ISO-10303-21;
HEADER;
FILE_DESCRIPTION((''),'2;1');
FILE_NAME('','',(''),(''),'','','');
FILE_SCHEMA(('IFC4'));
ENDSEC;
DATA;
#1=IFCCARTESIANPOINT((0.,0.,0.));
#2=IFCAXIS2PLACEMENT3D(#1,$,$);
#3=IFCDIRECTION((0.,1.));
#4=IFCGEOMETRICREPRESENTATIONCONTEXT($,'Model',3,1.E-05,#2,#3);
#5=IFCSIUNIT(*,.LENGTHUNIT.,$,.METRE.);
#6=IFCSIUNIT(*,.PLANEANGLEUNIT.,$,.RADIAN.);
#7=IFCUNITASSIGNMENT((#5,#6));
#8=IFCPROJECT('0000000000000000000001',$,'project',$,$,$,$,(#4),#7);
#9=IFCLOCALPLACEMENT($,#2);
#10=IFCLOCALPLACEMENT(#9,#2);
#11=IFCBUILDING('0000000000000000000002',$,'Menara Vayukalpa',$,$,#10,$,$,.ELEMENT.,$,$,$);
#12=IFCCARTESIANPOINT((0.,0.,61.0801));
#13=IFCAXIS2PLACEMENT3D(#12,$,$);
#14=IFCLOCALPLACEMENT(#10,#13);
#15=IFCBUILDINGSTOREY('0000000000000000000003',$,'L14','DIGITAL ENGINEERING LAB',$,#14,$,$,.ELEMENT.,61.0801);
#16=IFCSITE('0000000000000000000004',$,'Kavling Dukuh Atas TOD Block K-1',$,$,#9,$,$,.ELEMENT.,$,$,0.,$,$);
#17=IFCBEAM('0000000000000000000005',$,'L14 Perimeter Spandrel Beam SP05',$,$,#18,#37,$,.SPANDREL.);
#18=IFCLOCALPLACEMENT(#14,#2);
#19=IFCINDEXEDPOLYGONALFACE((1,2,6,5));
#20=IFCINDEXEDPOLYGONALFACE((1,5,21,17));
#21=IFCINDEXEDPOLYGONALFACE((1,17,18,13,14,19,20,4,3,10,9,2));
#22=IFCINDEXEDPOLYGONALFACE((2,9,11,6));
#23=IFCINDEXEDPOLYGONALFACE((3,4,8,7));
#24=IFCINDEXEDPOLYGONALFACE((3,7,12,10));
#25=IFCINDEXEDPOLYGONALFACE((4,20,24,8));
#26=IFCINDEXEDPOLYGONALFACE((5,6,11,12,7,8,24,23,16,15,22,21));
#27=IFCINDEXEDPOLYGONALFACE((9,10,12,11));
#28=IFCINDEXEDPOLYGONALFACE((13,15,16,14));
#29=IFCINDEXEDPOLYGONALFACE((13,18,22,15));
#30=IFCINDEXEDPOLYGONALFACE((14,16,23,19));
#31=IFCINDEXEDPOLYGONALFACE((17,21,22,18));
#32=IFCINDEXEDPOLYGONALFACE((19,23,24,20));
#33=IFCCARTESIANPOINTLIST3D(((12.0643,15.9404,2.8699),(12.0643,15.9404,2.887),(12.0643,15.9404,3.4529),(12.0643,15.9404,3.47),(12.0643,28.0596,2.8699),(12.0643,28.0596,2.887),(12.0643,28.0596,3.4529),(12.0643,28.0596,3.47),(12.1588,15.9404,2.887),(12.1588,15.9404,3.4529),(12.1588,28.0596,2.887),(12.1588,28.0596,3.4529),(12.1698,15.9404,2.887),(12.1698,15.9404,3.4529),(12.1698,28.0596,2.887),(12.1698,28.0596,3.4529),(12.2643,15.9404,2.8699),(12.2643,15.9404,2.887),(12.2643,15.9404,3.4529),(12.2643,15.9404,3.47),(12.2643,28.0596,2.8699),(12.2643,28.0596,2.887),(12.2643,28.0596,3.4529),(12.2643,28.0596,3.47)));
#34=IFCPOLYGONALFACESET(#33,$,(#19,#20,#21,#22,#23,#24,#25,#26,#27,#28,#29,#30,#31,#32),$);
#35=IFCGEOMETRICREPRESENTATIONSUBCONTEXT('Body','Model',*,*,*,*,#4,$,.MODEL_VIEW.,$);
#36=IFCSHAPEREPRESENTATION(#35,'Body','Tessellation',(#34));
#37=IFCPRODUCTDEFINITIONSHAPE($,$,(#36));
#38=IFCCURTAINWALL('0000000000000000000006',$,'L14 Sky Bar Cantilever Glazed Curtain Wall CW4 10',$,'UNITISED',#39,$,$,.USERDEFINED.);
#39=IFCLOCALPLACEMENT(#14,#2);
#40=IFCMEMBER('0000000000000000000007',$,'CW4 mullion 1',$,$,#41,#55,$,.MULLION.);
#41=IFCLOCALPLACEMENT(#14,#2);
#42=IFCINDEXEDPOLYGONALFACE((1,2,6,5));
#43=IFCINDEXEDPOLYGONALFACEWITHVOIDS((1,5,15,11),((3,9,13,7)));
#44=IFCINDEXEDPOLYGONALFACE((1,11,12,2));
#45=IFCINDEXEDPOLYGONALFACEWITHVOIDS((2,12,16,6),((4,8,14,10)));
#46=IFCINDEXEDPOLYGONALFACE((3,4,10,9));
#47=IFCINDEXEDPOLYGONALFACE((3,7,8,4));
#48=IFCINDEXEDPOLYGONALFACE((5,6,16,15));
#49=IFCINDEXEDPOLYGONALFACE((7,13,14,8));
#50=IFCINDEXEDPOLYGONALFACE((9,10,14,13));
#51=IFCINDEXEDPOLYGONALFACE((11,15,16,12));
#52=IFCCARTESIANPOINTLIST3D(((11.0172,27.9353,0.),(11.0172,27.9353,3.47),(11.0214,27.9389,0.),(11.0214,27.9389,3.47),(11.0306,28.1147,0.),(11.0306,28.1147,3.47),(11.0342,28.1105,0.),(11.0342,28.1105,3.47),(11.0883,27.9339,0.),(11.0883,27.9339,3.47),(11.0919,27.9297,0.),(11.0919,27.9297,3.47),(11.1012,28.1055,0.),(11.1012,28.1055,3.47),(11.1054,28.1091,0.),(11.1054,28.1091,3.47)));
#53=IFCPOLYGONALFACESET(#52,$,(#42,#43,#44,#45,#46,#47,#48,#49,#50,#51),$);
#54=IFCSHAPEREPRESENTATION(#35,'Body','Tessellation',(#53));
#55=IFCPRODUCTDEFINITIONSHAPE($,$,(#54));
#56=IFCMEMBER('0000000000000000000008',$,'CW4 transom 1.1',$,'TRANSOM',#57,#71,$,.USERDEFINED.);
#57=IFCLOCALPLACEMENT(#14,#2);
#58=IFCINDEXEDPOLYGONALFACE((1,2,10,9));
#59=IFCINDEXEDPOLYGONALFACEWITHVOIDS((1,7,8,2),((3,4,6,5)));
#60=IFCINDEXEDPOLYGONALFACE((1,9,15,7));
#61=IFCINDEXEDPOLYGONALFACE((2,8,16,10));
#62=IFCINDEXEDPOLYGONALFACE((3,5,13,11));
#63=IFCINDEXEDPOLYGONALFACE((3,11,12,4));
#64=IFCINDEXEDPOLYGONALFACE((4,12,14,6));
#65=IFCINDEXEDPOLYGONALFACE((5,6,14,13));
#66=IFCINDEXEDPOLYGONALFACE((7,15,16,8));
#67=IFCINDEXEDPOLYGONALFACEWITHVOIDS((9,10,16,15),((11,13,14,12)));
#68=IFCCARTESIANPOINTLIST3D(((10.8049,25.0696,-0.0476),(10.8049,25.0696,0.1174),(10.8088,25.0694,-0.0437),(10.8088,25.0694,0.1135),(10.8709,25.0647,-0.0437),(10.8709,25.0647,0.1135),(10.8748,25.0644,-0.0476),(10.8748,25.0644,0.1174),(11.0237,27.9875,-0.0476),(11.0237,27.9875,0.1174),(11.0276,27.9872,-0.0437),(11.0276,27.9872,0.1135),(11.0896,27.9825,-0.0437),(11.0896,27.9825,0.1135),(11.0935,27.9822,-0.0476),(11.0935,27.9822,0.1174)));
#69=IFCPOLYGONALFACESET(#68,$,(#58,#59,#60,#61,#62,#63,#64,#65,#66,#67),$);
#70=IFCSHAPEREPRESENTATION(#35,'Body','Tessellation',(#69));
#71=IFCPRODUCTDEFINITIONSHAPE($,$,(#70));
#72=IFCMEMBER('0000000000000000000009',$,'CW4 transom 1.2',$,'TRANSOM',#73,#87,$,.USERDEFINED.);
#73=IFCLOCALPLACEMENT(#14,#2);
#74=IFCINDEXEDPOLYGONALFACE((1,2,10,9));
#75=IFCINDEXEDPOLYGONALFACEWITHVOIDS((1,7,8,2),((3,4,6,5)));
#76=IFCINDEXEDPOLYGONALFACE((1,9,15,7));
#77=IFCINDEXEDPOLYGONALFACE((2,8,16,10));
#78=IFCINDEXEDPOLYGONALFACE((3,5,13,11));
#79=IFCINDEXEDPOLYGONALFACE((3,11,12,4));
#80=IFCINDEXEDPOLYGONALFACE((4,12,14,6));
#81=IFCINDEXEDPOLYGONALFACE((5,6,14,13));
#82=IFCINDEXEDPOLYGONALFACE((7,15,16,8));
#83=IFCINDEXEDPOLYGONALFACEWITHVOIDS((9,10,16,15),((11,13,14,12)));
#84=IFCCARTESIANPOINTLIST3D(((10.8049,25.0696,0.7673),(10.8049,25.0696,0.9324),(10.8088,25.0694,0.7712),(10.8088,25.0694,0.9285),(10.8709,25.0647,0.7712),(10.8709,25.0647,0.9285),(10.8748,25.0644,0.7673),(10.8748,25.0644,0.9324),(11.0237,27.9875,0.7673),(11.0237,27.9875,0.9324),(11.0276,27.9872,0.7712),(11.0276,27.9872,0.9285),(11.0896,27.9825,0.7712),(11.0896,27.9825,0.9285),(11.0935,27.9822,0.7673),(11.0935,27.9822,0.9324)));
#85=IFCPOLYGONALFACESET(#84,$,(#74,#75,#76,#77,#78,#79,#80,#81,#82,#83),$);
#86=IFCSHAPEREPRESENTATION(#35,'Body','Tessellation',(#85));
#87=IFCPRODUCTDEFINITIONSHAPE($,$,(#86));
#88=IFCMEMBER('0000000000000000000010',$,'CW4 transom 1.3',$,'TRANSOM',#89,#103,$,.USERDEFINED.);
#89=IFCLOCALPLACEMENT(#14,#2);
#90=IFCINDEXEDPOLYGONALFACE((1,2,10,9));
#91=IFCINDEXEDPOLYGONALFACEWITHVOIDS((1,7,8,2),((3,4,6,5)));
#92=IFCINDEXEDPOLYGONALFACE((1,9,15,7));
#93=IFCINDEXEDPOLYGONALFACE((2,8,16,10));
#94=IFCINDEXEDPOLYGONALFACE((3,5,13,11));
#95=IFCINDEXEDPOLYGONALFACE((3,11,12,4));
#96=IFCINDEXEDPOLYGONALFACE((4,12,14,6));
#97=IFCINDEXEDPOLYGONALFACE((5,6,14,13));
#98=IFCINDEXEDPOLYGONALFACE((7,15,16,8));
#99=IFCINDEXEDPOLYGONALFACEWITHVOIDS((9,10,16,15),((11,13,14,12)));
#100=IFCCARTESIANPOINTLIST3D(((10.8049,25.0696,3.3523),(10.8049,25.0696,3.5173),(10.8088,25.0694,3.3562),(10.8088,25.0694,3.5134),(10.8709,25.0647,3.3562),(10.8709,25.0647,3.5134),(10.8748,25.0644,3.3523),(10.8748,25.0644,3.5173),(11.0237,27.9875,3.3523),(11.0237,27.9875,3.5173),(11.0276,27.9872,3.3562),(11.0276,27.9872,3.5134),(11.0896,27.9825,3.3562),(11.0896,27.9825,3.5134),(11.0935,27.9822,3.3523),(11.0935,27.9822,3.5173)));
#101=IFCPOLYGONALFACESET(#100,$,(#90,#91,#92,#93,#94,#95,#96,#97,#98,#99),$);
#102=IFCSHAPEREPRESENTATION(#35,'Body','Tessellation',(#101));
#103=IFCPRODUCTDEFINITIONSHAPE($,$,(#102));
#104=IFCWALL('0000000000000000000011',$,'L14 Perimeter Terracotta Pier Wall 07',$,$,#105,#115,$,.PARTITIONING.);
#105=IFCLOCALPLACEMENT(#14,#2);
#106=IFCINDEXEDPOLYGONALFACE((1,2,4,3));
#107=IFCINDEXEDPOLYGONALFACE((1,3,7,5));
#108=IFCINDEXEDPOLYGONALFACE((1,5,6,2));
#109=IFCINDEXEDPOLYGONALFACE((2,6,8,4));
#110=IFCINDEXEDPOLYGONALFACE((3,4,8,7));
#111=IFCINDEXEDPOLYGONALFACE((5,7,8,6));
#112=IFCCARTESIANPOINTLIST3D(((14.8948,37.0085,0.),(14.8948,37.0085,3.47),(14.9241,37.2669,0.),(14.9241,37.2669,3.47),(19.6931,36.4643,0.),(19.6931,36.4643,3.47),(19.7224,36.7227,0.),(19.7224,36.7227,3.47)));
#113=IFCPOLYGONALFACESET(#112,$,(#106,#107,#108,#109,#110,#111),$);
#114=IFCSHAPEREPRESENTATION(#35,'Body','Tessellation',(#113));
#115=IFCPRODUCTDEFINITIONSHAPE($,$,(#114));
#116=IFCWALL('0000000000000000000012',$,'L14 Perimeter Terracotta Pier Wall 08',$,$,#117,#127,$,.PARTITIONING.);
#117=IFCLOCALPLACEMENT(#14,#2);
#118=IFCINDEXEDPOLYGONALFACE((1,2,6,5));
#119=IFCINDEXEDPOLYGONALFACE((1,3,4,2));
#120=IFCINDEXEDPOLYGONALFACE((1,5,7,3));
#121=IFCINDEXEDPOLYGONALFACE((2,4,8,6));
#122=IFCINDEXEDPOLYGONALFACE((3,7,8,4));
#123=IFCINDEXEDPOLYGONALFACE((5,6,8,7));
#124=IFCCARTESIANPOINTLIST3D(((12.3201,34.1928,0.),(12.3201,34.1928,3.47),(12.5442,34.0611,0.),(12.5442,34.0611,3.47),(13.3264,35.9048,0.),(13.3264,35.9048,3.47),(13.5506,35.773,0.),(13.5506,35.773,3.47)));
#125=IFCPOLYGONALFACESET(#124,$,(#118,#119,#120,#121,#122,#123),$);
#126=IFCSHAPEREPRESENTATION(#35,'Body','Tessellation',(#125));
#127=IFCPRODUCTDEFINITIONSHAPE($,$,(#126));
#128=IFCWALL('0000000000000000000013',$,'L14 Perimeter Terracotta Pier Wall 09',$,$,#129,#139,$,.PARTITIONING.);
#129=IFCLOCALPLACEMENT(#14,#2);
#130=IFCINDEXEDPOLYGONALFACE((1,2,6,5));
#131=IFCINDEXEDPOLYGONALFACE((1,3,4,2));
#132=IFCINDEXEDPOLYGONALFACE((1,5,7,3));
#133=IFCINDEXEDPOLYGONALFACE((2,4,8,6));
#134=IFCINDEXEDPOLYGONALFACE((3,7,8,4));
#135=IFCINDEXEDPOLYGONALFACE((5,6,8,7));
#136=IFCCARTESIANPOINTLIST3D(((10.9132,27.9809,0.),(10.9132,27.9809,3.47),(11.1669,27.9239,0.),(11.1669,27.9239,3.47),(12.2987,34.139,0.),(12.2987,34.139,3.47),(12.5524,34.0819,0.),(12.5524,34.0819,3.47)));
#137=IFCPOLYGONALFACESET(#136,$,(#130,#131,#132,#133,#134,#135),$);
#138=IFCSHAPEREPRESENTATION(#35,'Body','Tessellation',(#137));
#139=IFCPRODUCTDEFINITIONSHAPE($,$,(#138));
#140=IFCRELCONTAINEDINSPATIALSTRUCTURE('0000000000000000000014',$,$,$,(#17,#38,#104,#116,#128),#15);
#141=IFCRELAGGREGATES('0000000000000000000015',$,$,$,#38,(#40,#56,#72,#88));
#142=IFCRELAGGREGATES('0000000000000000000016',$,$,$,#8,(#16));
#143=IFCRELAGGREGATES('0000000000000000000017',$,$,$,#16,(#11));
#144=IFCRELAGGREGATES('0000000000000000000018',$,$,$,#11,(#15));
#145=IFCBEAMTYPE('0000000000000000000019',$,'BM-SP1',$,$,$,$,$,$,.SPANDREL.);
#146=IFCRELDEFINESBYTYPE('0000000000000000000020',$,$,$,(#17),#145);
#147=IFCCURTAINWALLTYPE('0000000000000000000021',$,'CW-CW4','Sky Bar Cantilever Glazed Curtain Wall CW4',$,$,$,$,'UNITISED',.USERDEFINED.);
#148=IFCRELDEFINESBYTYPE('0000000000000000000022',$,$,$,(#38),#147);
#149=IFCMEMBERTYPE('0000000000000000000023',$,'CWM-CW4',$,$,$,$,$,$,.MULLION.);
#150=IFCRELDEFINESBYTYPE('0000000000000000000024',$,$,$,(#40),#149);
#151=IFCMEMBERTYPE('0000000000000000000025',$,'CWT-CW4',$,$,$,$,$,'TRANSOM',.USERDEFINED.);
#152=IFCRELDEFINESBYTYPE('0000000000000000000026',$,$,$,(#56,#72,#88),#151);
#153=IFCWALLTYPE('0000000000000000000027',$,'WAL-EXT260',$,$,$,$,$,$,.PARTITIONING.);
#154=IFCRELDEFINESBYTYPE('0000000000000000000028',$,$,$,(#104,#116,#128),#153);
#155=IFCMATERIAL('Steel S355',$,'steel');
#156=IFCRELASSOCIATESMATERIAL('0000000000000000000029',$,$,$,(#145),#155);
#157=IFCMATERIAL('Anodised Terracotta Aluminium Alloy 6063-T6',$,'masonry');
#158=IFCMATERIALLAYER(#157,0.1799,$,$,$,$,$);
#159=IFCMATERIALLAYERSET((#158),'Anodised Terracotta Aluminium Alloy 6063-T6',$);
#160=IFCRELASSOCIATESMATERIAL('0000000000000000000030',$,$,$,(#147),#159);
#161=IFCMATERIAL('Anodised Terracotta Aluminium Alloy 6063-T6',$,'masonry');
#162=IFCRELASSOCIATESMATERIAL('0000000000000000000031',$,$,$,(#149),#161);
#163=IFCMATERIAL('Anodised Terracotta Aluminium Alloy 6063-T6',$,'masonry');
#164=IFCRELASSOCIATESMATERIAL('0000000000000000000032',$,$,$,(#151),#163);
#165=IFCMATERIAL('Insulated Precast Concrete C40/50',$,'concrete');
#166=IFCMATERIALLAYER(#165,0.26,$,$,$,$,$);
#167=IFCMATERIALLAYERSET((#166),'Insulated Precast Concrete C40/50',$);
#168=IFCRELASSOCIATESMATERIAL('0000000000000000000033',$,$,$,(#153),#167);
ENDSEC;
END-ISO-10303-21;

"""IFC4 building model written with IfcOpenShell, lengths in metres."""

from ifc_helpers import new_model, si_unit, direction, frame, frame_2d, origin, origin_2d, place, context, subcontext, project, spatial, rectangle, hollow_rectangle, i_section, extrude, material, layer, layer_set, material_profile, profile_set, type_object, element, aggregate, save


model = new_model("IFC4")

# Units and contexts
model_context = context("Model", 3, precision=1e-05, world=origin(), true_north=direction((0.0, 1.0)))
body_context = subcontext(model_context, "Body", "Model", "MODEL_VIEW")
ifc_project = project(units=[si_unit("LENGTHUNIT", "METRE"), si_unit("PLANEANGLEUNIT", "RADIAN")], contexts=[model_context])

# Site, building, storey
site_placement = place(None, origin())
site = spatial("IfcSite", under=ifc_project, at=site_placement, Name="Kavling Dukuh Atas TOD Block K-1", CompositionType="ELEMENT", RefElevation=0.0)
building_placement = place(site_placement, origin())
building = spatial("IfcBuilding", under=site, at=building_placement, Name="Menara Vayukalpa", CompositionType="ELEMENT")
storey_placement = place(building_placement, frame((0.0, 0.0, 61.0801)))
storey = spatial("IfcBuildingStorey", under=building, at=storey_placement, Name="L14", Description="DIGITAL ENGINEERING LAB", CompositionType="ELEMENT", Elevation=61.0801)

# Beam
ifc_material_1 = material(Name="Steel S355", Category="steel")
ifc_material_profile_1 = material_profile(ifc_material_1, i_section(OverallWidth=0.2, OverallDepth=0.6001, WebThickness=0.011, FlangeThickness=0.0171, at=origin_2d()), Name="WF 600x200x11x17")
ifc_profile_set_1 = profile_set([ifc_material_profile_1], Name="Steel S355")
beam_type_1 = type_object("IfcBeamType", Name="BM-SP1", PredefinedType="SPANDREL", material=ifc_profile_set_1)
beam_1_placement = place(storey_placement, frame((12.1643, 28.0596, 3.1699), z_axis=(0.0, -1.0, 0.0), x_axis=(1.0, 0.0, 0.0)))
element("IfcBeam", 1, at=beam_1_placement, inside=storey, type_object=beam_type_1, Name="L14 Perimeter Spandrel Beam SP05", PredefinedType="SPANDREL", context=body_context, shape_type="SweptSolid", body=[
    extrude(i_section(OverallWidth=0.2, OverallDepth=0.6001, WebThickness=0.011, FlangeThickness=0.0171, at=origin_2d()), origin(), (0.0, 0.0, 1.0), 12.1191),
])

# Curtain wall, members
ifc_material_2 = material(Name="Anodised Terracotta Aluminium Alloy 6063-T6", Category="masonry")
ifc_layer_1 = layer(ifc_material_2, 0.1799)
ifc_layer_set_1 = layer_set([ifc_layer_1], Name="Anodised Terracotta Aluminium Alloy 6063-T6")
curtain_wall_type = type_object("IfcCurtainWallType", Name="CW-CW4", Description="Sky Bar Cantilever Glazed Curtain Wall CW4", ElementType="UNITISED", PredefinedType="USERDEFINED", material=ifc_layer_set_1)
curtain_wall_placement = place(storey_placement, origin())
curtain_wall = element("IfcCurtainWall", 2, at=curtain_wall_placement, inside=storey, type_object=curtain_wall_type, Name="L14 Sky Bar Cantilever Glazed Curtain Wall CW4 10", ObjectType="UNITISED", PredefinedType="USERDEFINED")
ifc_material_3 = material(Name="Anodised Terracotta Aluminium Alloy 6063-T6", Category="masonry")
ifc_material_profile_2 = material_profile(ifc_material_3, hollow_rectangle(XDim=0.075, YDim=0.1799, WallThickness=0.0039, at=origin_2d()), Name="ALU 75x180x4")
ifc_profile_set_2 = profile_set([ifc_material_profile_2], Name="Anodised Terracotta Aluminium Alloy 6063-T6")
member_type_1 = type_object("IfcMemberType", Name="CWM-CW4", PredefinedType="MULLION", material=ifc_profile_set_2)
member_1_placement = place(storey_placement, frame((11.0613, 28.0222, 0.0), z_axis=(0.0, 0.0, 1.0), x_axis=(0.997199, -0.074795, 0.0)))
member_1 = element("IfcMember", 3, at=member_1_placement, type_object=member_type_1, Name="CW4 mullion 1", PredefinedType="MULLION", context=body_context, shape_type="SweptSolid", body=[
    extrude(hollow_rectangle(XDim=0.075, YDim=0.1799, WallThickness=0.0039, at=origin_2d()), origin(), (0.0, 0.0, 1.0), 3.47),
])
ifc_material_4 = material(Name="Anodised Terracotta Aluminium Alloy 6063-T6", Category="masonry")
ifc_material_profile_3 = material_profile(ifc_material_4, hollow_rectangle(XDim=0.0701, YDim=0.165, WallThickness=0.0039, at=origin_2d()), Name="ALU 70x165x4")
ifc_profile_set_3 = profile_set([ifc_material_profile_3], Name="Anodised Terracotta Aluminium Alloy 6063-T6")
member_type_2 = type_object("IfcMemberType", Name="CWT-CW4", ElementType="TRANSOM", PredefinedType="USERDEFINED", material=ifc_profile_set_3)
member_2_placement = place(storey_placement, frame((11.0586, 27.9849, 0.0349), z_axis=(-0.074763, -0.997201, 0.0), x_axis=(0.997201, -0.074763, 0.0)))
member_2 = element("IfcMember", 4, at=member_2_placement, type_object=member_type_2, Name="CW4 transom 1.1", ObjectType="TRANSOM", PredefinedType="USERDEFINED", context=body_context, shape_type="SweptSolid", body=[
    extrude(hollow_rectangle(XDim=0.0701, YDim=0.165, WallThickness=0.0039, at=origin_2d()), origin(), (0.0, 0.0, 1.0), 2.926),
])
member_3_placement = place(storey_placement, frame((11.0586, 27.9849, 0.8499), z_axis=(-0.074763, -0.997201, 0.0), x_axis=(0.997201, -0.074763, 0.0)))
member_3 = element("IfcMember", 5, at=member_3_placement, type_object=member_type_2, Name="CW4 transom 1.2", ObjectType="TRANSOM", PredefinedType="USERDEFINED", context=body_context, shape_type="SweptSolid", body=[
    extrude(hollow_rectangle(XDim=0.0701, YDim=0.165, WallThickness=0.0039, at=origin_2d()), origin(), (0.0, 0.0, 1.0), 2.926),
])
member_4_placement = place(storey_placement, frame((11.0586, 27.9849, 3.4348), z_axis=(-0.074763, -0.997201, 0.0), x_axis=(0.997201, -0.074763, 0.0)))
member_4 = element("IfcMember", 6, at=member_4_placement, type_object=member_type_2, Name="CW4 transom 1.3", ObjectType="TRANSOM", PredefinedType="USERDEFINED", context=body_context, shape_type="SweptSolid", body=[
    extrude(hollow_rectangle(XDim=0.0701, YDim=0.165, WallThickness=0.0039, at=origin_2d()), origin(), (0.0, 0.0, 1.0), 2.926),
])
aggregate(curtain_wall, [member_1, member_2, member_3, member_4])

# Walls
ifc_material_5 = material(Name="Insulated Precast Concrete C40/50", Category="concrete")
ifc_layer_2 = layer(ifc_material_5, 0.26)
ifc_layer_set_2 = layer_set([ifc_layer_2], Name="Insulated Precast Concrete C40/50")
wall_type = type_object("IfcWallType", Name="WAL-EXT260", PredefinedType="PARTITIONING", material=ifc_layer_set_2)
wall_1_placement = place(storey_placement, frame((14.9094, 37.1377, 0.0), z_axis=(0.0, 0.0, 1.0), x_axis=(0.99363, -0.11269, 0.0)))
element("IfcWall", 7, at=wall_1_placement, inside=storey, type_object=wall_type, Name="L14 Perimeter Terracotta Pier Wall 07", PredefinedType="PARTITIONING", context=body_context, shape_type="SweptSolid", body=[
    extrude(rectangle(XDim=4.8291, YDim=0.26, at=frame_2d((2.4146, 0.0))), origin(), (0.0, 0.0, 1.0), 3.47),
])
wall_2_placement = place(storey_placement, frame((12.4321, 34.127, 0.0), z_axis=(0.0, 0.0, 1.0), x_axis=(0.506773, 0.86208, 0.0)))
element("IfcWall", 8, at=wall_2_placement, inside=storey, type_object=wall_type, Name="L14 Perimeter Terracotta Pier Wall 08", PredefinedType="PARTITIONING", context=body_context, shape_type="SweptSolid", body=[
    extrude(rectangle(XDim=1.9858, YDim=0.26, at=frame_2d((0.9929, 0.0))), origin(), (0.0, 0.0, 1.0), 3.47),
])
wall_3_placement = place(storey_placement, frame((11.04, 27.9524, 0.0), z_axis=(0.0, 0.0, 1.0), x_axis=(0.219506, 0.975611, 0.0)))
element("IfcWall", 9, at=wall_3_placement, inside=storey, type_object=wall_type, Name="L14 Perimeter Terracotta Pier Wall 09", PredefinedType="PARTITIONING", context=body_context, shape_type="SweptSolid", body=[
    extrude(rectangle(XDim=6.312, YDim=0.26, at=frame_2d((3.156, 0.0))), origin(), (0.0, 0.0, 1.0), 3.47),
])

save(model, "model.ifc")
